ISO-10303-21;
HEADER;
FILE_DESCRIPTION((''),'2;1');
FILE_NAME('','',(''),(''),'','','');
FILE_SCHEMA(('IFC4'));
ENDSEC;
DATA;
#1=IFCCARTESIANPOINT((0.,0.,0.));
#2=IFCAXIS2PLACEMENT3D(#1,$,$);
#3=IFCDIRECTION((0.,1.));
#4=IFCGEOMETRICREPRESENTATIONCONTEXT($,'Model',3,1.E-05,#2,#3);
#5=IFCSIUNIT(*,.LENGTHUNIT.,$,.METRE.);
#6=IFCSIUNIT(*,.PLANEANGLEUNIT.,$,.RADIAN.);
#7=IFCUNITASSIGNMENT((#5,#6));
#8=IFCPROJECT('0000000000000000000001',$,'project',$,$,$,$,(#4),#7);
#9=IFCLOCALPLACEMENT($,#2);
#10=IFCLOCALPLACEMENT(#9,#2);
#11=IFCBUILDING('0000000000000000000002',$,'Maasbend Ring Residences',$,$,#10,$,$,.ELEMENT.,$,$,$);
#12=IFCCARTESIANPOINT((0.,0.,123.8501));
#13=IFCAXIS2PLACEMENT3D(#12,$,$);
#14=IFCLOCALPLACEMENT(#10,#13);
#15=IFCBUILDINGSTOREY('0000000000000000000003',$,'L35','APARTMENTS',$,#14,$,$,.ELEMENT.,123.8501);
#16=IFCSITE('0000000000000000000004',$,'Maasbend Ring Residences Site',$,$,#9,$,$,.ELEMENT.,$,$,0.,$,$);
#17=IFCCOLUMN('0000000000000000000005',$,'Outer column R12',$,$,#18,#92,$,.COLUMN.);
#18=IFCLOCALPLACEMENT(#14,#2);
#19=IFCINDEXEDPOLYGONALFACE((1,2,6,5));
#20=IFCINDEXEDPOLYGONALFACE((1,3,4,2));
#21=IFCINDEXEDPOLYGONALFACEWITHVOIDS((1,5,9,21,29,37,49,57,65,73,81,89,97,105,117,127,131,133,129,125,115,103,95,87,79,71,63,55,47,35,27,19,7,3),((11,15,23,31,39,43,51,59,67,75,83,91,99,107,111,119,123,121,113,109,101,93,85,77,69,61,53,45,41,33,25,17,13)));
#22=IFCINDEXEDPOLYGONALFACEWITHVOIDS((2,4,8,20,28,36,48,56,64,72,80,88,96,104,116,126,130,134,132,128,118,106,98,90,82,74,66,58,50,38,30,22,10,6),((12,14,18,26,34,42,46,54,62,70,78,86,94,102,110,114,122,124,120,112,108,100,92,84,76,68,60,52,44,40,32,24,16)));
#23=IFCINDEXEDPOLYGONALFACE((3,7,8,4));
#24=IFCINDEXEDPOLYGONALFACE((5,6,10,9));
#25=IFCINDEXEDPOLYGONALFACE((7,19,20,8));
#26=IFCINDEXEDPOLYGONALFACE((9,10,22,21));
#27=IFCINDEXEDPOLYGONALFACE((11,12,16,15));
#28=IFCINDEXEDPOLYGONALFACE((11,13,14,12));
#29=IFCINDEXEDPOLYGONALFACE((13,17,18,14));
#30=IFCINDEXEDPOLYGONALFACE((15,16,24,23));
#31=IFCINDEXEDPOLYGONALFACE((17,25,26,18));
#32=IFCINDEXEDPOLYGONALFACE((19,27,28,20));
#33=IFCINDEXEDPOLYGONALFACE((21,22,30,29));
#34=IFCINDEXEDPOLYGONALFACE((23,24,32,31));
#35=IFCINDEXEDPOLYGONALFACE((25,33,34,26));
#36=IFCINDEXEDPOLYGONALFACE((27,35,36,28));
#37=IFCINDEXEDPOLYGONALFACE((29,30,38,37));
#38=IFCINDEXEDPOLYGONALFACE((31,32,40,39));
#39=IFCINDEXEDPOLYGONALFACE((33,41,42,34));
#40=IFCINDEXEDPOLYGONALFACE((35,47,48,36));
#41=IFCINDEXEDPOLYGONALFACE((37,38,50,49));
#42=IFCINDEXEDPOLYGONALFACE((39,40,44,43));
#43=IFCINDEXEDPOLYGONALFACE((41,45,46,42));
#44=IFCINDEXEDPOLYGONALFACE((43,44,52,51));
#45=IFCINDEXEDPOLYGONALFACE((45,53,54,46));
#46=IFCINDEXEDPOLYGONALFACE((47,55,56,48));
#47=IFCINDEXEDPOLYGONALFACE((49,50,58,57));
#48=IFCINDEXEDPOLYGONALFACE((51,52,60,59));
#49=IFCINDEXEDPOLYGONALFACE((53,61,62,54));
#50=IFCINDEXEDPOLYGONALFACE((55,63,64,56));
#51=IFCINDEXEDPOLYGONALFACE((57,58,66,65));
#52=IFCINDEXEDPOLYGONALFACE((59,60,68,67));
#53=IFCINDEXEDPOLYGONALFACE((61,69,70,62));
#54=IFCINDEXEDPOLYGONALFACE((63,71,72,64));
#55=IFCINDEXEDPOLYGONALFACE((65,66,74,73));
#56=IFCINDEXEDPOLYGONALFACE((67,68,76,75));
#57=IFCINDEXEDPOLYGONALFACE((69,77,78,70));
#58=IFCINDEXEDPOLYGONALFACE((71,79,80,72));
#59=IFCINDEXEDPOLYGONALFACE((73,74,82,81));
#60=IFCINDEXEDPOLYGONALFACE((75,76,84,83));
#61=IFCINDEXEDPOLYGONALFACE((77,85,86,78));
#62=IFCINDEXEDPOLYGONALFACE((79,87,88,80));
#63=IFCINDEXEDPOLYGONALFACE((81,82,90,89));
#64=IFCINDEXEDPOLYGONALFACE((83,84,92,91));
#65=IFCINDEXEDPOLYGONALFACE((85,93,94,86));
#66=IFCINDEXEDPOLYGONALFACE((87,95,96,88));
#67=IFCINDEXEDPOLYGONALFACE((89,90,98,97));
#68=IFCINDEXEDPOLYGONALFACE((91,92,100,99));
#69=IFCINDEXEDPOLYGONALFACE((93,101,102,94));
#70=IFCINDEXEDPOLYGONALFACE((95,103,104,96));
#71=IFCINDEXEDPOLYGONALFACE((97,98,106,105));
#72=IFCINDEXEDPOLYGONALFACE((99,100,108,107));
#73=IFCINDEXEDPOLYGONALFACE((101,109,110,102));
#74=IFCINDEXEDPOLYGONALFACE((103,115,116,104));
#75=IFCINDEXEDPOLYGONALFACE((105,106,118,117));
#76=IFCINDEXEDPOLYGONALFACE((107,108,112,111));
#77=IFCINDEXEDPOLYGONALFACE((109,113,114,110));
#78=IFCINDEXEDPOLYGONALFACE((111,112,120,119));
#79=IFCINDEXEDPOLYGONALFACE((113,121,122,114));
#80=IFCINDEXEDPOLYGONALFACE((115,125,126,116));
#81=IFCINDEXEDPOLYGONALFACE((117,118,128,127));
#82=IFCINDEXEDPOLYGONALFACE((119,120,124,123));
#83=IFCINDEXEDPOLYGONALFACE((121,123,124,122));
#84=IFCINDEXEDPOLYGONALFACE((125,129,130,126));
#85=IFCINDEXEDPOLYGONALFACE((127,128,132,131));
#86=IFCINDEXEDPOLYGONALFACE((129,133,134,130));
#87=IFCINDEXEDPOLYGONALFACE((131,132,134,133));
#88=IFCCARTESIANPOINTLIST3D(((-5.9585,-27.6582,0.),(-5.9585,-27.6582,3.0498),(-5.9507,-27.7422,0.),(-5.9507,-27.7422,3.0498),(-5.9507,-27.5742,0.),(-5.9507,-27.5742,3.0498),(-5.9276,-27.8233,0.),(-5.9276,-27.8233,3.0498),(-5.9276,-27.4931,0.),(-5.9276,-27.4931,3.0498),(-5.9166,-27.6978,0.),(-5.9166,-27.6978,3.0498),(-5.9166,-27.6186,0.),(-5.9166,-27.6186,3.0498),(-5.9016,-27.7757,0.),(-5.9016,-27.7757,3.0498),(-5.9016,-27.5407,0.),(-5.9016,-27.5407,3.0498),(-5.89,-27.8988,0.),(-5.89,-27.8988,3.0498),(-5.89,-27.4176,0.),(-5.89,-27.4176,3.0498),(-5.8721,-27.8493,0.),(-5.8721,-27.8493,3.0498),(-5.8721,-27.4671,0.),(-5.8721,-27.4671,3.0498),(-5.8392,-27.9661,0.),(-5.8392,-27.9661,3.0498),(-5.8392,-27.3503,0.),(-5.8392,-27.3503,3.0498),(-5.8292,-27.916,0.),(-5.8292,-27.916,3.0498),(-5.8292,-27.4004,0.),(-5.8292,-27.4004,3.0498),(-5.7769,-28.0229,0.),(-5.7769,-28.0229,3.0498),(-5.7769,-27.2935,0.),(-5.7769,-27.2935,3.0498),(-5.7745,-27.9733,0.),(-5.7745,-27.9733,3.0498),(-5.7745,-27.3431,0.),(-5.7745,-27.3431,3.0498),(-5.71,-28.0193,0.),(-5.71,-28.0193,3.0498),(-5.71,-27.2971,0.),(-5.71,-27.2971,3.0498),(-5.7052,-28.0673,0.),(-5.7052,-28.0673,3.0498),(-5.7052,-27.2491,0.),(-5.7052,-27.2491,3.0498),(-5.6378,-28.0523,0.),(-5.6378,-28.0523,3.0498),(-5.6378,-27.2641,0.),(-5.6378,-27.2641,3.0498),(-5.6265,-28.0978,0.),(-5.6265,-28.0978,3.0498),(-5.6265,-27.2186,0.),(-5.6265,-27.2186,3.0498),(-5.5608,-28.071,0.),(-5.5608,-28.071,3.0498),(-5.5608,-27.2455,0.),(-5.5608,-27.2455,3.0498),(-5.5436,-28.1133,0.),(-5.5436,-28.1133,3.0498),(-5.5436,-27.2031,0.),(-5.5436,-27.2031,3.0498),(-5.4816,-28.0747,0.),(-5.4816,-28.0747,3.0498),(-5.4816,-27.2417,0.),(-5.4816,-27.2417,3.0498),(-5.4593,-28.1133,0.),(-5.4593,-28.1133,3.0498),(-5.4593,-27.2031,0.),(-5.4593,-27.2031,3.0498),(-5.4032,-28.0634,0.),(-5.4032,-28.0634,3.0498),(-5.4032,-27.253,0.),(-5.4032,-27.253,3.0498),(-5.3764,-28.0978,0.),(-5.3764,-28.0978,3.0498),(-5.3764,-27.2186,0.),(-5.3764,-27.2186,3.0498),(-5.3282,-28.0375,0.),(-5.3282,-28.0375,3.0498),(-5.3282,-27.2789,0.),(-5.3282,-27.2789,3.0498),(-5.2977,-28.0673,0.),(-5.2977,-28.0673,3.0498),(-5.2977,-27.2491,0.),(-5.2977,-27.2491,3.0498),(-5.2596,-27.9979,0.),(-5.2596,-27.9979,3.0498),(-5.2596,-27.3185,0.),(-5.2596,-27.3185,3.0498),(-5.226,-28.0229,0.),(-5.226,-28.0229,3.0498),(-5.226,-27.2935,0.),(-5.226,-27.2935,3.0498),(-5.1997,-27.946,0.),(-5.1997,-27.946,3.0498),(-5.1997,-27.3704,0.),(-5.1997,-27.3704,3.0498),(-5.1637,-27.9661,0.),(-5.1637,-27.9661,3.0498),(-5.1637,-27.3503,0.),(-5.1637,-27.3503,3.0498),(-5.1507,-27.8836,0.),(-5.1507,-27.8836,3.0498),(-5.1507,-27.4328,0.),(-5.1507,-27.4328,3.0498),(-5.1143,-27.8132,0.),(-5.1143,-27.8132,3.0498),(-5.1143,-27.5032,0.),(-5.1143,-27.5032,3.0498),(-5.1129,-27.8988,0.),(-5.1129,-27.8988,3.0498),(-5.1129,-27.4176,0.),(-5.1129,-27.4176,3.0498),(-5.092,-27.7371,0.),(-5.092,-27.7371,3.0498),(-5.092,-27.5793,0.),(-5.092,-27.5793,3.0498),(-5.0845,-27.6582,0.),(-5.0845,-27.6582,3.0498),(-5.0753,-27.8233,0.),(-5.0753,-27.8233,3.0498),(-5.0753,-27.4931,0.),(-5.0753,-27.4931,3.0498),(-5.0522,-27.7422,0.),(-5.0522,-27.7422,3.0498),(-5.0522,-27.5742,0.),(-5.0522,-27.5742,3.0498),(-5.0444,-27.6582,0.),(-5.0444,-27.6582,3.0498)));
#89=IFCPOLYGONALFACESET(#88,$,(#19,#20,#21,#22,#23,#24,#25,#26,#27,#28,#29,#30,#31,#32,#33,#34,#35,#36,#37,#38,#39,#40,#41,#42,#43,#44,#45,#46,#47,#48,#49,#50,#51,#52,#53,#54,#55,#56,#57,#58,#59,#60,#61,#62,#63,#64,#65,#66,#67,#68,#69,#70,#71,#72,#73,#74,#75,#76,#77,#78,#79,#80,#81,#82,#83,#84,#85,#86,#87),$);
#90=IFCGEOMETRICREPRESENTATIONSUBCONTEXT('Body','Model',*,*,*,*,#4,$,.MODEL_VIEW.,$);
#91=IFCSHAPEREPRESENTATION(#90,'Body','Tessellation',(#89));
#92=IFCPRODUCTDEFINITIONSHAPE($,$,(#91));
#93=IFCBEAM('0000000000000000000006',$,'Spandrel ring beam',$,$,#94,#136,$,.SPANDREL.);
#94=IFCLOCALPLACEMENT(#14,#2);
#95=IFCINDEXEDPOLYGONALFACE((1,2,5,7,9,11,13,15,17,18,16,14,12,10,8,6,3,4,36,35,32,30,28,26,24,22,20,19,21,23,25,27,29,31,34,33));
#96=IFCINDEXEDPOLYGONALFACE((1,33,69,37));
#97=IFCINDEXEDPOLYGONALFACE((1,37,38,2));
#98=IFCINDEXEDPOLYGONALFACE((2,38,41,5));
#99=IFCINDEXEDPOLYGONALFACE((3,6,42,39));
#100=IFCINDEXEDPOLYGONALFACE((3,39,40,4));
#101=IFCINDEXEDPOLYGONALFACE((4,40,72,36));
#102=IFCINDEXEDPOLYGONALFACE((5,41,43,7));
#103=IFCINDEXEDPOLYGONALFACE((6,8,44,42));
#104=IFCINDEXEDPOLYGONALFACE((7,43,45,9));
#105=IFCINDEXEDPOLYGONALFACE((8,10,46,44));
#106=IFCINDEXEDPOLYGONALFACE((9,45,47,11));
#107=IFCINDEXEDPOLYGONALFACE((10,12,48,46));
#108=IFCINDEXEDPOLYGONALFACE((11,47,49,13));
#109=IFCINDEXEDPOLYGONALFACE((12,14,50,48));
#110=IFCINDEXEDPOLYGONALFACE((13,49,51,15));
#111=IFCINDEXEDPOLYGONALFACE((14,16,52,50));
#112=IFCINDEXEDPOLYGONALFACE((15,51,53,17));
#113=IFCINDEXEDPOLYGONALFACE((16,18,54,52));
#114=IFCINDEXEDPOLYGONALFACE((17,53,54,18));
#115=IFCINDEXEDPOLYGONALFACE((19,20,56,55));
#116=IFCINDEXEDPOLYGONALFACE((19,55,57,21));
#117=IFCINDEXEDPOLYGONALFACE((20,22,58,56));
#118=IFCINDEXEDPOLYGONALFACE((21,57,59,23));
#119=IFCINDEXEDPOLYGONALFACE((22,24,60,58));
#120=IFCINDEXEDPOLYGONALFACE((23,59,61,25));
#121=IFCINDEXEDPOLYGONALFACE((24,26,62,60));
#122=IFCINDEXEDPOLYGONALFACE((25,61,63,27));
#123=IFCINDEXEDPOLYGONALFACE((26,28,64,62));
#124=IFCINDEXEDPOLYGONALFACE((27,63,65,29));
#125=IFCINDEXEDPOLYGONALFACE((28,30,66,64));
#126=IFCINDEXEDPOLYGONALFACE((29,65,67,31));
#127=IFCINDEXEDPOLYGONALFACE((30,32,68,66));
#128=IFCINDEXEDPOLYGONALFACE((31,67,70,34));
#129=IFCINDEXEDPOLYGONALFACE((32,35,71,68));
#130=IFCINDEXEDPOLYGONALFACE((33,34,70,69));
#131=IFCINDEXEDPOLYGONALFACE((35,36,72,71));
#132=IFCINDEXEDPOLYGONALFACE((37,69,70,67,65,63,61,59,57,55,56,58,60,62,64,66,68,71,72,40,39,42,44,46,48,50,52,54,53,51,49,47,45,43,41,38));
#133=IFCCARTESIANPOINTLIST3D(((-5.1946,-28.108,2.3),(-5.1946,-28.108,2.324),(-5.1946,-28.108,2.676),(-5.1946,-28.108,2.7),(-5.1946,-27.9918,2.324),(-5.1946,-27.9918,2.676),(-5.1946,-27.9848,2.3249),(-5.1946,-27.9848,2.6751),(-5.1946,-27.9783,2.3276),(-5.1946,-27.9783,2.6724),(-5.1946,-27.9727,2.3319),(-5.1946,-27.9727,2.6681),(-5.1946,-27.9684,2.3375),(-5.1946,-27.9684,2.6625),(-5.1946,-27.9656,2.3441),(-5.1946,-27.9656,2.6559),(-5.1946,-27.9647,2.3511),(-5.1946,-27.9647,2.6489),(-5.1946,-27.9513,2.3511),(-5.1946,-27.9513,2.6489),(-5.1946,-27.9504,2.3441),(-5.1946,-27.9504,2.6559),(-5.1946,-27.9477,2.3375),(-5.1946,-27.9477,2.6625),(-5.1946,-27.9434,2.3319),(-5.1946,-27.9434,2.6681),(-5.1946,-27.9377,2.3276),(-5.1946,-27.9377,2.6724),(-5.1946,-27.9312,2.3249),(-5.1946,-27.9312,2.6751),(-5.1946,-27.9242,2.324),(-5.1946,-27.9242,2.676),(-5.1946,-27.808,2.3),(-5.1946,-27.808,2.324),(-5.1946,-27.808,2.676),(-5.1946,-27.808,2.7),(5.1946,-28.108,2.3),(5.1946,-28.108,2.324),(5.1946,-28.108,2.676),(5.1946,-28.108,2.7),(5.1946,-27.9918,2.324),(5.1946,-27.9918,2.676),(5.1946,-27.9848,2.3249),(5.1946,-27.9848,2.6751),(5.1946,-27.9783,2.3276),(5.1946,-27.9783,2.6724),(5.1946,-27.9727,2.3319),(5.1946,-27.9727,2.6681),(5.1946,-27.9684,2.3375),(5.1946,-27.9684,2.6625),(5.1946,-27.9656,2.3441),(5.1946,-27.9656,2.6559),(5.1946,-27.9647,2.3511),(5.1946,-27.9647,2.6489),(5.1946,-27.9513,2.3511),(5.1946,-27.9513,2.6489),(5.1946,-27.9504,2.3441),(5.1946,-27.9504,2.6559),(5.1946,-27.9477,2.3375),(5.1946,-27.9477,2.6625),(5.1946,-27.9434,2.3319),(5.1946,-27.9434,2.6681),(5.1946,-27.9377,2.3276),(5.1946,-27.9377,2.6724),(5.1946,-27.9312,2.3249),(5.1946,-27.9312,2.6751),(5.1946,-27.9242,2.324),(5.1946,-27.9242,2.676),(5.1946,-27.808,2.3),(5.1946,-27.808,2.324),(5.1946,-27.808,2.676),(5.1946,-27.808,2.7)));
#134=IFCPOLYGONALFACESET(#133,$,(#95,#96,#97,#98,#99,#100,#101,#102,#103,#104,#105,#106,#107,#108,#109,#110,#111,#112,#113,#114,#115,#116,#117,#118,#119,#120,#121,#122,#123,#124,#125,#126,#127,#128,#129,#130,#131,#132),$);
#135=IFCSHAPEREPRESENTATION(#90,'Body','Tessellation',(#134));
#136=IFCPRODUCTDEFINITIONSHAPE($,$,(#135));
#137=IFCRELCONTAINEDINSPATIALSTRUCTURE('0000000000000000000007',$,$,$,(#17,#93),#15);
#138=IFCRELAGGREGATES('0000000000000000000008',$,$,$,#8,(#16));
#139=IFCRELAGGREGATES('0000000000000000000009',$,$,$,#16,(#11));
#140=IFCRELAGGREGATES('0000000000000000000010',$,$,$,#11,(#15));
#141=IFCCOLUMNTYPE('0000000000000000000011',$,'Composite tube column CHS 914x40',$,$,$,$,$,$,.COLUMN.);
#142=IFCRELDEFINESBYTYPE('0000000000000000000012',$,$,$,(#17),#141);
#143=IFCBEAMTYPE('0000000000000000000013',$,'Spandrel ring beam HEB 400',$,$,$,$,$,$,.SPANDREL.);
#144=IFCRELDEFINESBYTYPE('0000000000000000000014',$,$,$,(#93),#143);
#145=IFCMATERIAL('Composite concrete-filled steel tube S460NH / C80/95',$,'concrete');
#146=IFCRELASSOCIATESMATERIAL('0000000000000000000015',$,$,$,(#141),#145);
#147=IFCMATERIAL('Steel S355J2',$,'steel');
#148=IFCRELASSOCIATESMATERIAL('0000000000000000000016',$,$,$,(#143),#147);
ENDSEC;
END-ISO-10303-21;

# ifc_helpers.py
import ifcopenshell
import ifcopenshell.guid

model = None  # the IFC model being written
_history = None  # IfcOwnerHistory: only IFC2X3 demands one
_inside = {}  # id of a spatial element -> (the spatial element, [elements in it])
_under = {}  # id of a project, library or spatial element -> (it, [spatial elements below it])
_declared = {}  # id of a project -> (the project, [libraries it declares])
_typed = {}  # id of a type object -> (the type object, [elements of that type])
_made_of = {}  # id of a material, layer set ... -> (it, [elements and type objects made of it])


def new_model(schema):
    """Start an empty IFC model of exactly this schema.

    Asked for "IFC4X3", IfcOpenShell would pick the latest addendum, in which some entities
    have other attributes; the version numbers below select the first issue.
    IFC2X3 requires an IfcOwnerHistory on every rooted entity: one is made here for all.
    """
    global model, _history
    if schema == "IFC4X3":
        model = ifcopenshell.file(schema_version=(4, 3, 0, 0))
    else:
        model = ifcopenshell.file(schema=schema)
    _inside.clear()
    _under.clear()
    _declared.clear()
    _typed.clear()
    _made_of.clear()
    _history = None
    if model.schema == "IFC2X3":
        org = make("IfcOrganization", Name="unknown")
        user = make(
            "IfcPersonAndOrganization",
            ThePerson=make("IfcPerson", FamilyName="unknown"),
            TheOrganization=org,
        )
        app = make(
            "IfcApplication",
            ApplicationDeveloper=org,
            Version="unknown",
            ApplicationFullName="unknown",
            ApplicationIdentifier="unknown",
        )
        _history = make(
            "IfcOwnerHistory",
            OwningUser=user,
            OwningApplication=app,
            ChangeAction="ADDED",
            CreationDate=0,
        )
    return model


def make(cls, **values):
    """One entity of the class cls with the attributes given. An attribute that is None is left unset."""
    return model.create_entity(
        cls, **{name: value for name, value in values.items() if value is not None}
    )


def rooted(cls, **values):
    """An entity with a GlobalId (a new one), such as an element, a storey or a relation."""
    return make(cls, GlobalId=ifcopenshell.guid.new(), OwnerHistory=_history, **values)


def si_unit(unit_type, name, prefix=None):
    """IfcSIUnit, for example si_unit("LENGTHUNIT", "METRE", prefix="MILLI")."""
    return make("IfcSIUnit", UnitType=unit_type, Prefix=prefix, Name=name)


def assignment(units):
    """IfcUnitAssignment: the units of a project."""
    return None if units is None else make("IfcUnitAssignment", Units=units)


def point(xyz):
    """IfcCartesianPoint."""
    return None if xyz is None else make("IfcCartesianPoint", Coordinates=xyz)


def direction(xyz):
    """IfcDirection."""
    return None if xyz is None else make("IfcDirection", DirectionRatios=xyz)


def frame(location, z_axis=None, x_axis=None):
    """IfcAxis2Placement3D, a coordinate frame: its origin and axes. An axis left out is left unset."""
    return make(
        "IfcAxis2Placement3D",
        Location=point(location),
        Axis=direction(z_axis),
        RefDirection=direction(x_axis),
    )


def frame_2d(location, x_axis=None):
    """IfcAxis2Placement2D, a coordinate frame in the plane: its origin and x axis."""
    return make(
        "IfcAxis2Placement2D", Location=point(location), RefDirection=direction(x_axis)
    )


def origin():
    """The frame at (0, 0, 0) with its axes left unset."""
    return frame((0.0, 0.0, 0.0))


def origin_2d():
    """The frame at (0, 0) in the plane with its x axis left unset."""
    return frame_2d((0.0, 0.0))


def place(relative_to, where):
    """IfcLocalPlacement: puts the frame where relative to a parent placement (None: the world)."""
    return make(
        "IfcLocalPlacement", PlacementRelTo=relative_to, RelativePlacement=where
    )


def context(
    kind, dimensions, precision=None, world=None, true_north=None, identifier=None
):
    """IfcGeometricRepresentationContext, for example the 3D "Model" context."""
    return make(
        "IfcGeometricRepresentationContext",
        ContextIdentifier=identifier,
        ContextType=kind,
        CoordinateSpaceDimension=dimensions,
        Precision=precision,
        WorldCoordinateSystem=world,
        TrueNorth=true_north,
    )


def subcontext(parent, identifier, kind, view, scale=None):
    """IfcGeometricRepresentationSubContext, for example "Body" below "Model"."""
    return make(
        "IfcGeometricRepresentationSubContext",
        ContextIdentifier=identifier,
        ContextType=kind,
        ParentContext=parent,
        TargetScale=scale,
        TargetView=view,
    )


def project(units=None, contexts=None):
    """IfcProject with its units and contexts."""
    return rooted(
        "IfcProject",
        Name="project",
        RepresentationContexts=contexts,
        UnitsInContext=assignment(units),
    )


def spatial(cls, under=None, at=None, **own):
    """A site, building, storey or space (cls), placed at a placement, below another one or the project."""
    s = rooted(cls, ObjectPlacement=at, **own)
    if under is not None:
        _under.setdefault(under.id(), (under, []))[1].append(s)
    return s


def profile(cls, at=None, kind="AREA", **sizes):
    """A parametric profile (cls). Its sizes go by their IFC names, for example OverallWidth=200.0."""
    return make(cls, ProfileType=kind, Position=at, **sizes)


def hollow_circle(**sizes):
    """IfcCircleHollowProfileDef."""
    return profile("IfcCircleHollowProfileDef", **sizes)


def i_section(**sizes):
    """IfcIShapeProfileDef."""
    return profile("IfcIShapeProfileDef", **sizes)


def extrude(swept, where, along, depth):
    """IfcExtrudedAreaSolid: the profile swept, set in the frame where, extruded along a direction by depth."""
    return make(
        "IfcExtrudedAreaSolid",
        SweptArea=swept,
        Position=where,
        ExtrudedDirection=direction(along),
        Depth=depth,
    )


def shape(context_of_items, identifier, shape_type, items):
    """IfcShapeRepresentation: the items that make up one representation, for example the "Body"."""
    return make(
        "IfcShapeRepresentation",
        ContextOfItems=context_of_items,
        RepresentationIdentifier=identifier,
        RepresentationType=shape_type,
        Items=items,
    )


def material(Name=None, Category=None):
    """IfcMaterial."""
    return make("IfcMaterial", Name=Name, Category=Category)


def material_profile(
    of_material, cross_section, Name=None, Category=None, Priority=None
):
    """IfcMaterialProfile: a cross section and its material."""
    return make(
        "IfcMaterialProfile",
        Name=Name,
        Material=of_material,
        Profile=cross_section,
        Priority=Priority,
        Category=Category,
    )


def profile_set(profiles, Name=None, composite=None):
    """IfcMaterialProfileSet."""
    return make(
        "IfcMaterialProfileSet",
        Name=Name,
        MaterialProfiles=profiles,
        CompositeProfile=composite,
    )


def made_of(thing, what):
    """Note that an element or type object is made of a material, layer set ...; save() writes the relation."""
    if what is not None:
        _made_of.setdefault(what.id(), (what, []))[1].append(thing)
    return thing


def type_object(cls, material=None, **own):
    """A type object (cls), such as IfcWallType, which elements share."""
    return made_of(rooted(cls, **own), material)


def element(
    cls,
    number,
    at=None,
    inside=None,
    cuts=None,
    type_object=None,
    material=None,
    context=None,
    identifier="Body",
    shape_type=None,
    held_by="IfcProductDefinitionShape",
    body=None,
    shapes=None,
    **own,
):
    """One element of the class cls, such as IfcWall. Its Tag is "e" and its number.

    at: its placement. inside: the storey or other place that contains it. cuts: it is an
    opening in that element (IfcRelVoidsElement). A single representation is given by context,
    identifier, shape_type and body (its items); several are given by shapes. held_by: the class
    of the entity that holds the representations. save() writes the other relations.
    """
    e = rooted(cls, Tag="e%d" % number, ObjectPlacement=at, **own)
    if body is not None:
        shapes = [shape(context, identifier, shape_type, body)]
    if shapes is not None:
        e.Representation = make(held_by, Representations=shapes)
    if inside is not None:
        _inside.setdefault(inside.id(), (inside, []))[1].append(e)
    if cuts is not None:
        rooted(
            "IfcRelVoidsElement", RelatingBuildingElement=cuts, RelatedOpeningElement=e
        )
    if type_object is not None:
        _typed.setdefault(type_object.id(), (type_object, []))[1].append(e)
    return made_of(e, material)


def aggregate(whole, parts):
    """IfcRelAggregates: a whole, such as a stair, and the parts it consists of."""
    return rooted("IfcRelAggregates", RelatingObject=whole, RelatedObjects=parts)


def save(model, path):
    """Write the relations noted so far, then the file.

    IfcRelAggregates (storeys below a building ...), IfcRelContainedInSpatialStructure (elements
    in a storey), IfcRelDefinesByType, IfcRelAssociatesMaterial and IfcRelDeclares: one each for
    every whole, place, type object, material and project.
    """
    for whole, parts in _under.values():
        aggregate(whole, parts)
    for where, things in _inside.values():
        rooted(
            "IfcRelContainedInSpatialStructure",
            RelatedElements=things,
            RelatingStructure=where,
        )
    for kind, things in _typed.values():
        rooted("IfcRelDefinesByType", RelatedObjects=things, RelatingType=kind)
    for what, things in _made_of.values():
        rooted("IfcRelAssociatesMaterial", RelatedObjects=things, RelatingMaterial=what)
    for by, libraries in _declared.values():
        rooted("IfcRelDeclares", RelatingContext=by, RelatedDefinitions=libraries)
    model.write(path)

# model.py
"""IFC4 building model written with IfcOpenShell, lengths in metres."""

from ifc_helpers import new_model, si_unit, direction, frame, origin, origin_2d, place, context, subcontext, project, spatial, hollow_circle, i_section, extrude, material, material_profile, profile_set, type_object, element, save


model = new_model("IFC4")

# Units and contexts
model_context = context("Model", 3, precision=1e-05, world=origin(), true_north=direction((0.0, 1.0)))
body_context = subcontext(model_context, "Body", "Model", "MODEL_VIEW")
ifc_project = project(units=[si_unit("LENGTHUNIT", "METRE"), si_unit("PLANEANGLEUNIT", "RADIAN")], contexts=[model_context])

# Site, building, storey
site_placement = place(None, origin())
site = spatial("IfcSite", under=ifc_project, at=site_placement, Name="Maasbend Ring Residences Site", CompositionType="ELEMENT", RefElevation=0.0)
building_placement = place(site_placement, origin())
building = spatial("IfcBuilding", under=site, at=building_placement, Name="Maasbend Ring Residences", CompositionType="ELEMENT")
storey_placement = place(building_placement, frame((0.0, 0.0, 123.8501)))
storey = spatial("IfcBuildingStorey", under=building, at=storey_placement, Name="L35", Description="APARTMENTS", CompositionType="ELEMENT", Elevation=123.8501)

# Column
ifc_material_1 = material(Name="Composite concrete-filled steel tube S460NH / C80/95", Category="concrete")
ifc_material_profile_1 = material_profile(ifc_material_1, hollow_circle(Radius=0.457, WallThickness=0.04, at=origin_2d()), Name="Composite tube column CHS 914x40")
ifc_profile_set_1 = profile_set([ifc_material_profile_1], Name="Composite concrete-filled steel tube S460NH / C80/95")
column_type = type_object("IfcColumnType", Name="Composite tube column CHS 914x40", PredefinedType="COLUMN", material=ifc_profile_set_1)
column_placement = place(storey_placement, frame((-5.5015, -27.6582, 0.0), z_axis=(0.0, 0.0, 1.0), x_axis=(1.0, 0.0, 0.0)))
element("IfcColumn", 1, at=column_placement, inside=storey, type_object=column_type, Name="Outer column R12", PredefinedType="COLUMN", context=body_context, shape_type="SweptSolid", body=[
    extrude(hollow_circle(Radius=0.457, WallThickness=0.04, at=origin_2d()), origin(), (0.0, 0.0, 1.0), 3.0498),
])

# Beam
ifc_material_2 = material(Name="Steel S355J2", Category="steel")
ifc_material_profile_2 = material_profile(ifc_material_2, i_section(OverallWidth=0.3, OverallDepth=0.3999, WebThickness=0.0134, FlangeThickness=0.0239, FilletRadius=0.0271, at=origin_2d()), Name="HEB 400")
ifc_profile_set_2 = profile_set([ifc_material_profile_2], Name="Steel S355J2")
beam_type = type_object("IfcBeamType", Name="Spandrel ring beam HEB 400", PredefinedType="SPANDREL", material=ifc_profile_set_2)
beam_placement = place(storey_placement, frame((-5.1946, -27.958, 2.5), z_axis=(1.0, 0.0, 0.0), x_axis=(0.0, 1.0, 0.0)))
element("IfcBeam", 2, at=beam_placement, inside=storey, type_object=beam_type, Name="Spandrel ring beam", PredefinedType="SPANDREL", context=body_context, shape_type="SweptSolid", body=[
    extrude(i_section(OverallWidth=0.3, OverallDepth=0.3999, WebThickness=0.0134, FlangeThickness=0.0239, FilletRadius=0.0271, at=origin_2d()), origin(), (0.0, 0.0, 1.0), 10.3892),
])

save(model, "model.ifc")
